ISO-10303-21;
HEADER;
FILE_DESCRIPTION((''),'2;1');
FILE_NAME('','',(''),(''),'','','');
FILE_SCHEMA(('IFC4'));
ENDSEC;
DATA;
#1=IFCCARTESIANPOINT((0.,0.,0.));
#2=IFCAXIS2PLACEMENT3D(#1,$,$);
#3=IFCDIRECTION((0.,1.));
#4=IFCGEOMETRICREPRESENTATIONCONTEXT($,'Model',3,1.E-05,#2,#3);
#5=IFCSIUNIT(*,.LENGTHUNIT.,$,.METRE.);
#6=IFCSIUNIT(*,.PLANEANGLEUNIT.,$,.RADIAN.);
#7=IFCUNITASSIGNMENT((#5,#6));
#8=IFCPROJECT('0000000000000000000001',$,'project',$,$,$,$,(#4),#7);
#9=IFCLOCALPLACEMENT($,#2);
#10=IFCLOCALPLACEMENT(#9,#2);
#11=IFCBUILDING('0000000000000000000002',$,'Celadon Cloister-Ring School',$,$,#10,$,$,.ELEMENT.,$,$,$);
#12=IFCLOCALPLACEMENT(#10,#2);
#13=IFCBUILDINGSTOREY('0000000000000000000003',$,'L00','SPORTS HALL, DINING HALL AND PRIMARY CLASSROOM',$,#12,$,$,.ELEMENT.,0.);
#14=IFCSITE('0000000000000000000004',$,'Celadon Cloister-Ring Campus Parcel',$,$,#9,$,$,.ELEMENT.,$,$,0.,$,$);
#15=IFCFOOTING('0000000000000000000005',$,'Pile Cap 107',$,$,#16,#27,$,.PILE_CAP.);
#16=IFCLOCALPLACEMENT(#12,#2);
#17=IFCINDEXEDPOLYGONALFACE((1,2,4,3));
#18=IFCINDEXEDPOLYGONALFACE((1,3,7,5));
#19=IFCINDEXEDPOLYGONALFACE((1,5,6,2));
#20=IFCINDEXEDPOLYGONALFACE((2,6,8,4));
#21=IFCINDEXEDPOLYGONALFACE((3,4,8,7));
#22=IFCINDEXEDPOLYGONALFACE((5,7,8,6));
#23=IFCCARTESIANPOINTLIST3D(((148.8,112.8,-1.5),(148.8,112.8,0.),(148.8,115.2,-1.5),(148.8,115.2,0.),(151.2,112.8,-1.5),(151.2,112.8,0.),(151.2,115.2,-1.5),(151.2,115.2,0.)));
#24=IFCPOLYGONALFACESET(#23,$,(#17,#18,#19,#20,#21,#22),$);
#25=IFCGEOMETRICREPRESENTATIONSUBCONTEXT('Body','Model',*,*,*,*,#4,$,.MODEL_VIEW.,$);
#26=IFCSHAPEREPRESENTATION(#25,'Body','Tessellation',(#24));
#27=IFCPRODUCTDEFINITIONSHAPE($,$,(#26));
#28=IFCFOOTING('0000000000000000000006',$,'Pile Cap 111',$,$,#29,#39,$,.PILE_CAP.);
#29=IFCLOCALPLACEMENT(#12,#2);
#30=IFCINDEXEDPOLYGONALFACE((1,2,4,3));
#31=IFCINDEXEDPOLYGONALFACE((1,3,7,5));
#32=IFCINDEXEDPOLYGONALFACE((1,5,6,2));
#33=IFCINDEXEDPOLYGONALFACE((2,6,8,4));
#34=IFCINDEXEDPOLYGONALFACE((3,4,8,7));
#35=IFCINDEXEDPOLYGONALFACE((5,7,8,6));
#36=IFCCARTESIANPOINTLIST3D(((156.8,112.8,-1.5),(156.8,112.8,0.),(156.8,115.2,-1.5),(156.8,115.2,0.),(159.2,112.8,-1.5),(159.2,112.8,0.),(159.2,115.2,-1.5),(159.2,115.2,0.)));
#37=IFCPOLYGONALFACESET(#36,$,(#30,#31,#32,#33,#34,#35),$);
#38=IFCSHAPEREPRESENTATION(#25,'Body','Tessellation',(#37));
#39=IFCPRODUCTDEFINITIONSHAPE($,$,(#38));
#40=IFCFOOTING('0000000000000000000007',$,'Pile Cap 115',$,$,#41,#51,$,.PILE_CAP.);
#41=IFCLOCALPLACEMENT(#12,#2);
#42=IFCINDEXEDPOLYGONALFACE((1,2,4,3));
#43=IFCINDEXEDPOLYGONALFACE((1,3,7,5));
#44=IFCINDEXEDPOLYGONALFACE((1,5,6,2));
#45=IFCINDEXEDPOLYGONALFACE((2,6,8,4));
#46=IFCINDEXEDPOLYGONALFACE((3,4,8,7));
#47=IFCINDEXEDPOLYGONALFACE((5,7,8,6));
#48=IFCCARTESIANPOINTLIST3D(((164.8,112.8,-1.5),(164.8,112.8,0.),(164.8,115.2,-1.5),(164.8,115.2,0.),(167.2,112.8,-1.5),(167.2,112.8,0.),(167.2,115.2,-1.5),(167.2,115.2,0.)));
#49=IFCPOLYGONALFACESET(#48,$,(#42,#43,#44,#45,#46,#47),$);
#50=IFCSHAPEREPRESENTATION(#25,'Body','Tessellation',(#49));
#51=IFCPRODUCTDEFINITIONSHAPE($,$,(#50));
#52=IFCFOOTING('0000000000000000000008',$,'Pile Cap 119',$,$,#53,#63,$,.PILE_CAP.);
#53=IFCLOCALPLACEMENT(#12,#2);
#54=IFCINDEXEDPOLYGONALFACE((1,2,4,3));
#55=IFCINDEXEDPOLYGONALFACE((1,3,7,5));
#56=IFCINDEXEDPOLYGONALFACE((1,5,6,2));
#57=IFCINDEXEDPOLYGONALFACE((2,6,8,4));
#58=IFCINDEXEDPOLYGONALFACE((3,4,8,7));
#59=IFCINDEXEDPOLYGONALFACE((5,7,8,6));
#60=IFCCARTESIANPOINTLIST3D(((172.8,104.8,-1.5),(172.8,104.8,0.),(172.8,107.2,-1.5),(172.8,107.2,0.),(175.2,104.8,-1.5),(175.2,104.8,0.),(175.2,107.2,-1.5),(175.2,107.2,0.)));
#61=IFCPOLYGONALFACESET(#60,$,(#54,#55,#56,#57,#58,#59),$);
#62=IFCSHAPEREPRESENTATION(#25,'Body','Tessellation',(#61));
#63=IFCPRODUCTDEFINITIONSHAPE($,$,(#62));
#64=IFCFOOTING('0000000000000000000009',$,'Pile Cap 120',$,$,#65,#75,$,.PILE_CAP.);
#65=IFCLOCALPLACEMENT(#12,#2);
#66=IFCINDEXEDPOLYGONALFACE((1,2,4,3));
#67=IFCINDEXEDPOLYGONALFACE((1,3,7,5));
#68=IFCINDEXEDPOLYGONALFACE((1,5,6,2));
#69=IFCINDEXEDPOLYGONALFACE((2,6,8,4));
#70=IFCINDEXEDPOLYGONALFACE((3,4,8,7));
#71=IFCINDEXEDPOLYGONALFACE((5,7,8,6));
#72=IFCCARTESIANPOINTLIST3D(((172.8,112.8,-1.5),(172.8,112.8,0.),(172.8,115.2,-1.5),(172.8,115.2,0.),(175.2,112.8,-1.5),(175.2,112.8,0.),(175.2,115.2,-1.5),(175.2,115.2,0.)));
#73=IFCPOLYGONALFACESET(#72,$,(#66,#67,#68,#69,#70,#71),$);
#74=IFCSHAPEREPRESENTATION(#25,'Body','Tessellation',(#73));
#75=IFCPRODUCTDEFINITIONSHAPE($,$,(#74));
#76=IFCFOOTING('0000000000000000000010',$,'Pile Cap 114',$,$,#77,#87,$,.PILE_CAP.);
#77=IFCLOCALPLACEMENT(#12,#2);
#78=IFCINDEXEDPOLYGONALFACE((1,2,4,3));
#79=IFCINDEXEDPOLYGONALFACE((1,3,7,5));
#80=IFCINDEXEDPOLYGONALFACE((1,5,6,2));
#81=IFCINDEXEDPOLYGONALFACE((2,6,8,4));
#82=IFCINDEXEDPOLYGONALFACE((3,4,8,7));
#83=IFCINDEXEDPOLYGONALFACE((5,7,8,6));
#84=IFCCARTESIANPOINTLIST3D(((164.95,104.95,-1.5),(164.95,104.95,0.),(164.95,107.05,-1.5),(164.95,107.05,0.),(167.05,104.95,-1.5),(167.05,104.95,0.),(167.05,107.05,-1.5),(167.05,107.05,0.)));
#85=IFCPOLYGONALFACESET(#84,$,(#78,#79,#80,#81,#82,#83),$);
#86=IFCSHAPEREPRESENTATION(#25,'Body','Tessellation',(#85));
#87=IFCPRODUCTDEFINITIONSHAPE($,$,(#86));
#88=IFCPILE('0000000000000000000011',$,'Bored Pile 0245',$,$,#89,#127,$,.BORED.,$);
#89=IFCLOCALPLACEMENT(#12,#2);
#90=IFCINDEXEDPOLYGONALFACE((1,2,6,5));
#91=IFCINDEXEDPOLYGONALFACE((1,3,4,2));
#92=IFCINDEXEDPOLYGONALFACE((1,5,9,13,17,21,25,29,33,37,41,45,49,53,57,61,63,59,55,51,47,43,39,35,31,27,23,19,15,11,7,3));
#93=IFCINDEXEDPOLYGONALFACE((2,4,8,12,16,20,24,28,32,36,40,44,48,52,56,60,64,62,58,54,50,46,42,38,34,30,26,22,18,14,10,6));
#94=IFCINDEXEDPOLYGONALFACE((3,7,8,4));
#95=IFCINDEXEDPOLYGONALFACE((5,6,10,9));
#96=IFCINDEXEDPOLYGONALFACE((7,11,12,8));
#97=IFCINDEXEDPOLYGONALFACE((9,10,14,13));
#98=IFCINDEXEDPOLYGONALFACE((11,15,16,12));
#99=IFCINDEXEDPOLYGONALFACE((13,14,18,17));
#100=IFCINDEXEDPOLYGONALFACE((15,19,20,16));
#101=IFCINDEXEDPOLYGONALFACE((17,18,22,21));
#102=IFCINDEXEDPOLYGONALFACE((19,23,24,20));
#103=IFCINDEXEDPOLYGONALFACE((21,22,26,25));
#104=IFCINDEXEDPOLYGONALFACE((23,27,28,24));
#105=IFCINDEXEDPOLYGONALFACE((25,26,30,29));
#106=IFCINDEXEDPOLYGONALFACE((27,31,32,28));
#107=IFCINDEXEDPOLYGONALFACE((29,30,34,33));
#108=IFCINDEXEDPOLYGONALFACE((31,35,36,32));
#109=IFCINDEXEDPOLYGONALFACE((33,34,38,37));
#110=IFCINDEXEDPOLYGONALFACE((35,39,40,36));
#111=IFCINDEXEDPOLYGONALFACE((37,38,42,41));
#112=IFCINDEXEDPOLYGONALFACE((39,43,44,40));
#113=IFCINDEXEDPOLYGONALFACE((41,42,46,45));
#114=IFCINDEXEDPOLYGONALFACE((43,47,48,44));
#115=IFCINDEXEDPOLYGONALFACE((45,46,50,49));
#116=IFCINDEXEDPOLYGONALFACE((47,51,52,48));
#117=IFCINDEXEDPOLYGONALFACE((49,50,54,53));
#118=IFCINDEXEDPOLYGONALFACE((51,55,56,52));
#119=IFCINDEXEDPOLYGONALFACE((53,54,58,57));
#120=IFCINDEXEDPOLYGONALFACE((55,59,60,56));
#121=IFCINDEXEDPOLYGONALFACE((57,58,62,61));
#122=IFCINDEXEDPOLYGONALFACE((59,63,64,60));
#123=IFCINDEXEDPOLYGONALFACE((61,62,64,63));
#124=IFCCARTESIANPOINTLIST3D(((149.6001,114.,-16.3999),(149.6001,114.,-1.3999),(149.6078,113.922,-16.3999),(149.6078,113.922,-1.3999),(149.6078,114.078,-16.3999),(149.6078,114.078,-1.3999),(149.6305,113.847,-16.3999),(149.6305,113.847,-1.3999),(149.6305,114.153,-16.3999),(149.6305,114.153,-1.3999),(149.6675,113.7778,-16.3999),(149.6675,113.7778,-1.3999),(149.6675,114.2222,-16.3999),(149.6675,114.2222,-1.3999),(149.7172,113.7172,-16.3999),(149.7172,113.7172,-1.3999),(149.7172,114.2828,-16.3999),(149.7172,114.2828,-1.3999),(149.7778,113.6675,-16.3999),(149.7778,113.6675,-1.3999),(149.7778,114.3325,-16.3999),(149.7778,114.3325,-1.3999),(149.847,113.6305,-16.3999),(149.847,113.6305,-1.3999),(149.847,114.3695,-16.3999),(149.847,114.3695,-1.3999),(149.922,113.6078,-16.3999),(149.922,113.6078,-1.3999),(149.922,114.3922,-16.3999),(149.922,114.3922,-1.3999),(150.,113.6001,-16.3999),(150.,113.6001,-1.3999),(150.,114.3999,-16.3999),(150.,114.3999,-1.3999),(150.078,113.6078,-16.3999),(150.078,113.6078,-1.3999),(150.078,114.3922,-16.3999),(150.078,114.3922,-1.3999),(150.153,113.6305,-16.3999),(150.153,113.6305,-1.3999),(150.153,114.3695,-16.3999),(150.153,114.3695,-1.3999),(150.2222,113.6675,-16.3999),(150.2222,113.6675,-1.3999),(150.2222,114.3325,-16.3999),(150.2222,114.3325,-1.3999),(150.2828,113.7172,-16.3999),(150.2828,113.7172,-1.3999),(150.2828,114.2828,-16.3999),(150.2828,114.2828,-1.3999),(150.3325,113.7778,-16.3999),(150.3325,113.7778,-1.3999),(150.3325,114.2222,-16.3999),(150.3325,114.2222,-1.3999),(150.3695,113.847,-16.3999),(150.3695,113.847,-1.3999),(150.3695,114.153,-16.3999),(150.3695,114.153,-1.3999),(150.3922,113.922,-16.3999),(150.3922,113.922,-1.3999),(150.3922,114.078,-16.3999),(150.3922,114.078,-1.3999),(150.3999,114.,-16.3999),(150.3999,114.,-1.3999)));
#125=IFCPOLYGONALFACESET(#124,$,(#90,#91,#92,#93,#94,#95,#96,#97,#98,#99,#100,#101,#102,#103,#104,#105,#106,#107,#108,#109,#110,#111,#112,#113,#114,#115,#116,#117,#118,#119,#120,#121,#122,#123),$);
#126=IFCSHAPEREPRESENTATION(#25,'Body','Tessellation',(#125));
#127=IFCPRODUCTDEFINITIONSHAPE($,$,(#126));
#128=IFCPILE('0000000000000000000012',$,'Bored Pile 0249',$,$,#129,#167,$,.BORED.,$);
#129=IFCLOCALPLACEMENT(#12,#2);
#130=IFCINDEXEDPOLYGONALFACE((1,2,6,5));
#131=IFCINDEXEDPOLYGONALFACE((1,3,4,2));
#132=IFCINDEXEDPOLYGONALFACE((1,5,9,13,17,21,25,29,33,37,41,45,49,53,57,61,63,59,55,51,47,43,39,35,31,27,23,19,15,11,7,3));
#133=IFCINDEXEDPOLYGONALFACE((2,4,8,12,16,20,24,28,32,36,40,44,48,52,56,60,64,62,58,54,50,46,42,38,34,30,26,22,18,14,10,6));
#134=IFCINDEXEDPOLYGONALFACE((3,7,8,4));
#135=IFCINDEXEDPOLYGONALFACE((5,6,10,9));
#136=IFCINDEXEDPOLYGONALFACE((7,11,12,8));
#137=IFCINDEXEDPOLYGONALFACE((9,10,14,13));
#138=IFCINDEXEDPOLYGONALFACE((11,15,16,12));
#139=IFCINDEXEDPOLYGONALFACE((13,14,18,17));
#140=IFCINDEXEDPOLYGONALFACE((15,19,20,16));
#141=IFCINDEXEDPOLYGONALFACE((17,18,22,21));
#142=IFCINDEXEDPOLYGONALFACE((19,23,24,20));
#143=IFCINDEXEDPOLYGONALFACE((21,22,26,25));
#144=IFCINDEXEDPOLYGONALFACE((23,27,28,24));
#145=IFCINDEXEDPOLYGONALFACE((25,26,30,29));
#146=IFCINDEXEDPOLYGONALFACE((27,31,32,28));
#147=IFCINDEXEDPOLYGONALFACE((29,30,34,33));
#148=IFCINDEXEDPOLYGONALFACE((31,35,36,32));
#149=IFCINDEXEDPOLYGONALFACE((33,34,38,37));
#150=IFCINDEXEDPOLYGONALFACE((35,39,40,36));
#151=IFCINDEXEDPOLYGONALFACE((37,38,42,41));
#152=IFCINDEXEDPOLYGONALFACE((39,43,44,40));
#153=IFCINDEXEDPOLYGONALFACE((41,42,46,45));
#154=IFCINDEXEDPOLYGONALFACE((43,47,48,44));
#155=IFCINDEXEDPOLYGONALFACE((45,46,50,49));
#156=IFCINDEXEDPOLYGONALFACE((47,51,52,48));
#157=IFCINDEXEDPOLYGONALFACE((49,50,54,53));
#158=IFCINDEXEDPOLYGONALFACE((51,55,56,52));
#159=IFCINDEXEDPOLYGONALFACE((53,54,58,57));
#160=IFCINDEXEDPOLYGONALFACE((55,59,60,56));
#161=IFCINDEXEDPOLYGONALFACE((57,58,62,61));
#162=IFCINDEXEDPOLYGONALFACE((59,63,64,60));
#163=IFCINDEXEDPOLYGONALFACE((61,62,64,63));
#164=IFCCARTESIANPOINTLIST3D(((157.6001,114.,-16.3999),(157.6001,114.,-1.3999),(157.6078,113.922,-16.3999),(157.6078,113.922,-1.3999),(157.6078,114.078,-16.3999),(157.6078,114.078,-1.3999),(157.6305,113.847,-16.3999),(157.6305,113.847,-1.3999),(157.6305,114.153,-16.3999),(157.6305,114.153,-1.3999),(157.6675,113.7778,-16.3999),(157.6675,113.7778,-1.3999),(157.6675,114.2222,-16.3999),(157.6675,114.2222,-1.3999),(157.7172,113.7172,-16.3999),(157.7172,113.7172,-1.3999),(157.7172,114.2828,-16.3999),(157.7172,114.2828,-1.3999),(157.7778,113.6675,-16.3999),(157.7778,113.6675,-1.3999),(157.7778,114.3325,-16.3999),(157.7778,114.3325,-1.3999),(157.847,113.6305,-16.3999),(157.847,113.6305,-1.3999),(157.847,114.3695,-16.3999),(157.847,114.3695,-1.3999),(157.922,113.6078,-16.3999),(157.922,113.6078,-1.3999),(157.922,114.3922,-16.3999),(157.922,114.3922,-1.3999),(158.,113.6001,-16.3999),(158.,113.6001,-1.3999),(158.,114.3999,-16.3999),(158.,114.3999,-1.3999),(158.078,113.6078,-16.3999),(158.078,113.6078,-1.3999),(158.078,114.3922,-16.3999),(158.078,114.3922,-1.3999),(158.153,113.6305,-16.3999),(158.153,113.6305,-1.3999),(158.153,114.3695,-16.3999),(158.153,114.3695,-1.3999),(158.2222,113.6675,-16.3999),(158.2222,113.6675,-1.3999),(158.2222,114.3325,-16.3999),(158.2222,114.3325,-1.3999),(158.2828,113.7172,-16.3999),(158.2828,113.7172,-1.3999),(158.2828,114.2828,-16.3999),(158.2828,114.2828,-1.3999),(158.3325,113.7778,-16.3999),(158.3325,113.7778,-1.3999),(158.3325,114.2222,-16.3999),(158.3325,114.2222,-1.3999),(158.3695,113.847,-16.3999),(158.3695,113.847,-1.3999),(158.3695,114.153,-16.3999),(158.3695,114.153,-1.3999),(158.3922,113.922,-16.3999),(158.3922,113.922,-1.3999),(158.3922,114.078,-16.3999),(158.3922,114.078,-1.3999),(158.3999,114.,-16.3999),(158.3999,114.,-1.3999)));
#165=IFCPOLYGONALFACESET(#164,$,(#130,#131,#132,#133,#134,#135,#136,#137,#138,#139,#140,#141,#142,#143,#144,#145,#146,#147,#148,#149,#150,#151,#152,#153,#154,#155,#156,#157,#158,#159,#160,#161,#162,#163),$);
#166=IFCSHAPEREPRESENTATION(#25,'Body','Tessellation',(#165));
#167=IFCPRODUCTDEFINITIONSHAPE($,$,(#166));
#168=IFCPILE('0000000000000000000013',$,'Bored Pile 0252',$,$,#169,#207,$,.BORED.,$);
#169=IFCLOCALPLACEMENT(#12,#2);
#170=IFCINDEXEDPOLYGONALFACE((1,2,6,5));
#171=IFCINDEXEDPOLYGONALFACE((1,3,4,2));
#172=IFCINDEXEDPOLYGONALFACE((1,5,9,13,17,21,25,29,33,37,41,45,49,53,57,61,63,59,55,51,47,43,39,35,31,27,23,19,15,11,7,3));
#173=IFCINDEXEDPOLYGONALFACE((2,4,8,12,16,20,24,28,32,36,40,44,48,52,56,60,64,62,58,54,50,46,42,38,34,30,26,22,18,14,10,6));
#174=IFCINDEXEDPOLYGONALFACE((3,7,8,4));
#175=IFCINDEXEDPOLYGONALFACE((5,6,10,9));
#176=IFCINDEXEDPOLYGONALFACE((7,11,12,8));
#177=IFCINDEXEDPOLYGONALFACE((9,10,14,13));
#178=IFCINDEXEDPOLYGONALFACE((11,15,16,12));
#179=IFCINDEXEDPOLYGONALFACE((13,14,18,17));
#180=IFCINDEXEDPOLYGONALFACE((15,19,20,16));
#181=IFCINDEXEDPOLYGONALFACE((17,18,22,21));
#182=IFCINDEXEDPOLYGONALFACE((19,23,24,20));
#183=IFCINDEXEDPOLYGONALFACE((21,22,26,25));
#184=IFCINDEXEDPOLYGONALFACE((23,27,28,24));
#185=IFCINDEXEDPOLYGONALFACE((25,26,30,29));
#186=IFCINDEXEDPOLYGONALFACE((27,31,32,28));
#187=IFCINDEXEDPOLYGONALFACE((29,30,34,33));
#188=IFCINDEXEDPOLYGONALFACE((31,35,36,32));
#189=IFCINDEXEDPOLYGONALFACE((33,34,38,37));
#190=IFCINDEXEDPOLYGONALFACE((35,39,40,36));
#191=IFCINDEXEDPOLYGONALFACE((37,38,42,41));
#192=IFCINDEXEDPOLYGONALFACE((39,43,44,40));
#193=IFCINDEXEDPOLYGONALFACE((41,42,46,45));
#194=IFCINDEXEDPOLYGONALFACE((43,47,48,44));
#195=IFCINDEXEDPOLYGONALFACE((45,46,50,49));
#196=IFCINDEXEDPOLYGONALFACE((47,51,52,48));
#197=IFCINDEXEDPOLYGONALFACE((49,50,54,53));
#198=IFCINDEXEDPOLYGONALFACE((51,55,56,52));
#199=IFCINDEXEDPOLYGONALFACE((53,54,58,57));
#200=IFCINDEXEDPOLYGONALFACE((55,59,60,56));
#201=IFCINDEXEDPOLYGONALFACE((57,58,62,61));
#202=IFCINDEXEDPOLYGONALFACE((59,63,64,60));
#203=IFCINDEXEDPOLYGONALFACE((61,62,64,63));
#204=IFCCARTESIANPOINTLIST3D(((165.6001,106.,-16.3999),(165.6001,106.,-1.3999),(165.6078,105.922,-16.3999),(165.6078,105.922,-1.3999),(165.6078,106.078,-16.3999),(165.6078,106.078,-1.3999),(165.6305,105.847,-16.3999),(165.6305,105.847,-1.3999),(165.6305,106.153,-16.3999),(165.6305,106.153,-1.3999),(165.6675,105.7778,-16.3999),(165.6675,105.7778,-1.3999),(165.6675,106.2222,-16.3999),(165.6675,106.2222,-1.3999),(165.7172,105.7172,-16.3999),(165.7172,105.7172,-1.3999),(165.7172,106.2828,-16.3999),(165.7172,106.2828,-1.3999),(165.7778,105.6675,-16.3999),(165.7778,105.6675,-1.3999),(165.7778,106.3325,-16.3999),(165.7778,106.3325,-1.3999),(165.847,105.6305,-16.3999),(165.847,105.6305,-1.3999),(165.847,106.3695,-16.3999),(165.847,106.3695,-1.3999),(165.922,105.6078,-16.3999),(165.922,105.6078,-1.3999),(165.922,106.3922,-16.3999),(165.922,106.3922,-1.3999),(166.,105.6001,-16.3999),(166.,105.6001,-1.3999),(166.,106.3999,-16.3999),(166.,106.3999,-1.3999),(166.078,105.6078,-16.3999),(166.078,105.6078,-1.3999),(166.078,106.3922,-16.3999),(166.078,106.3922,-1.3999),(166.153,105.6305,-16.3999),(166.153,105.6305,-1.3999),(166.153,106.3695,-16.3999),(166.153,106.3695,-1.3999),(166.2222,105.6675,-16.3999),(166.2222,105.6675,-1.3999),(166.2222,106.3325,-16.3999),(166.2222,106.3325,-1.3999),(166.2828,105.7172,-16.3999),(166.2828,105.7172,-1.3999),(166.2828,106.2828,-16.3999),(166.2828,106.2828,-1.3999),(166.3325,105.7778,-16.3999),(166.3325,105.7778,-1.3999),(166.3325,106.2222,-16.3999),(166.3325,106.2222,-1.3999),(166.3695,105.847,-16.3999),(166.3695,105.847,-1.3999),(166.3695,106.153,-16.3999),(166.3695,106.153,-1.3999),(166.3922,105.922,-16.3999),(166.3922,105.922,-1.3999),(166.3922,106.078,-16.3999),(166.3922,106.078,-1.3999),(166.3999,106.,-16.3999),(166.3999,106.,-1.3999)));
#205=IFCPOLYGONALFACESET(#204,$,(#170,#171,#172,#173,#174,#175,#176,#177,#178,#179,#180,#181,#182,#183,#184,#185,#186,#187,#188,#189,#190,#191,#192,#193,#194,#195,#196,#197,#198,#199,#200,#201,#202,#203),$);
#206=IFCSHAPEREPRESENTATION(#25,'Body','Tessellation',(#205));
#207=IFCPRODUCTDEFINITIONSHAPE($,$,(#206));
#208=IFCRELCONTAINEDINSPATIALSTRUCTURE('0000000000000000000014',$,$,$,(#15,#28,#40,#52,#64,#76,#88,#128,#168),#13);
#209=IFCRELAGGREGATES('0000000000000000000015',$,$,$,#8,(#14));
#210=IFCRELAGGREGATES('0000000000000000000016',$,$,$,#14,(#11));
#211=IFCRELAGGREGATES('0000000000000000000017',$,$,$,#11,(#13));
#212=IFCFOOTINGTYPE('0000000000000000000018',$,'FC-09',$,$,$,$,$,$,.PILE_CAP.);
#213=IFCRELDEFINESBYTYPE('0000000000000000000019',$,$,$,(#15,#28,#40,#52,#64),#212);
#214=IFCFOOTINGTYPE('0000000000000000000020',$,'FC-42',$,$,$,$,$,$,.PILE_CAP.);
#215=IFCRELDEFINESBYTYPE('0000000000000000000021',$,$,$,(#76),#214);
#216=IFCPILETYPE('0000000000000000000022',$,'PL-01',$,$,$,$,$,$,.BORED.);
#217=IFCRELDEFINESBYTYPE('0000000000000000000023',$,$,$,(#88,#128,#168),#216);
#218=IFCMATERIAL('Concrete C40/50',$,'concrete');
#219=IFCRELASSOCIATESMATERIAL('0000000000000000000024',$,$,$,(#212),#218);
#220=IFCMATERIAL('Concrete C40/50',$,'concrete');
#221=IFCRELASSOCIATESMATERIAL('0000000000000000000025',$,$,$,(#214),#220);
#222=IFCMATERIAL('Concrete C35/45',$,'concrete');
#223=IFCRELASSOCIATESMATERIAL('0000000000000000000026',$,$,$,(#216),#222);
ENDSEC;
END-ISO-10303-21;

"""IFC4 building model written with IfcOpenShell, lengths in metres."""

from ifc_helpers import new_model, si_unit, direction, frame, origin, origin_2d, place, context, subcontext, project, spatial, rectangle, circle, extrude, material, material_profile, profile_set, type_object, element, save


model = new_model("IFC4")

# Units and contexts
model_context = context("Model", 3, precision=1e-05, world=origin(), true_north=direction((0.0, 1.0)))
body_context = subcontext(model_context, "Body", "Model", "MODEL_VIEW")
ifc_project = project(units=[si_unit("LENGTHUNIT", "METRE"), si_unit("PLANEANGLEUNIT", "RADIAN")], contexts=[model_context])

# Site, building, storey
site_placement = place(None, origin())
site = spatial("IfcSite", under=ifc_project, at=site_placement, Name="Celadon Cloister-Ring Campus Parcel", CompositionType="ELEMENT", RefElevation=0.0)
building_placement = place(site_placement, origin())
building = spatial("IfcBuilding", under=site, at=building_placement, Name="Celadon Cloister-Ring School", CompositionType="ELEMENT")
storey_placement = place(building_placement, origin())
storey = spatial("IfcBuildingStorey", under=building, at=storey_placement, Name="L00", Description="SPORTS HALL, DINING HALL AND PRIMARY CLASSROOM", CompositionType="ELEMENT", Elevation=0.0)

# Footings
ifc_material_1 = material(Name="Concrete C40/50", Category="concrete")
footing_type_1 = type_object("IfcFootingType", Name="FC-09", PredefinedType="PILE_CAP", material=ifc_material_1)
for number, where, z_axis, x_axis, name in (
    (1, (150.0, 114.0, -1.5), (0.0, 0.0, 1.0), (1.0, 0.0, 0.0), "Pile Cap 107"),
    (2, (158.0, 114.0, -1.5), (0.0, 0.0, 1.0), (1.0, 0.0, 0.0), "Pile Cap 111"),
    (3, (166.0, 114.0, -1.5), (0.0, 0.0, 1.0), (1.0, 0.0, 0.0), "Pile Cap 115"),
    (4, (174.0, 106.0, -1.5), (0.0, 0.0, 1.0), (1.0, 0.0, 0.0), "Pile Cap 119"),
    (5, (174.0, 114.0, -1.5), (0.0, 0.0, 1.0), (1.0, 0.0, 0.0), "Pile Cap 120"),
):
    element("IfcFooting", number, at=place(storey_placement, frame(where, z_axis=z_axis, x_axis=x_axis)), inside=storey, type_object=footing_type_1, Name=name, PredefinedType="PILE_CAP", context=body_context, shape_type="SweptSolid", body=[
        extrude(rectangle(XDim=2.3999, YDim=2.3999, at=origin_2d()), origin(), (0.0, 0.0, 1.0), 1.5),
    ])
ifc_material_2 = material(Name="Concrete C40/50", Category="concrete")
footing_type_2 = type_object("IfcFootingType", Name="FC-42", PredefinedType="PILE_CAP", material=ifc_material_2)
footing_placement = place(storey_placement, frame((166.0, 106.0, -1.5), z_axis=(0.0, 0.0, 1.0), x_axis=(1.0, 0.0, 0.0)))
element("IfcFooting", 6, at=footing_placement, inside=storey, type_object=footing_type_2, Name="Pile Cap 114", PredefinedType="PILE_CAP", context=body_context, shape_type="SweptSolid", body=[
    extrude(rectangle(XDim=2.1001, YDim=2.1001, at=origin_2d()), origin(), (0.0, 0.0, 1.0), 1.5),
])

# Piles
ifc_material_3 = material(Name="Concrete C35/45", Category="concrete")
ifc_material_profile_1 = material_profile(ifc_material_3, circle(Radius=0.3999, at=origin_2d()), Name="PILE800")
ifc_profile_set_1 = profile_set([ifc_material_profile_1], Name="Concrete C35/45")
pile_type = type_object("IfcPileType", Name="PL-01", PredefinedType="BORED", material=ifc_profile_set_1)
for number, where, z_axis, x_axis, name in (
    (7, (150.0, 114.0, -1.3999), (0.0, 0.0, -1.0), (1.0, 0.0, 0.0), "Bored Pile 0245"),
    (8, (158.0, 114.0, -1.3999), (0.0, 0.0, -1.0), (1.0, 0.0, 0.0), "Bored Pile 0249"),
    (9, (166.0, 106.0, -1.3999), (0.0, 0.0, -1.0), (1.0, 0.0, 0.0), "Bored Pile 0252"),
):
    element("IfcPile", number, at=place(storey_placement, frame(where, z_axis=z_axis, x_axis=x_axis)), inside=storey, type_object=pile_type, Name=name, PredefinedType="BORED", context=body_context, shape_type="SweptSolid", body=[
        extrude(circle(Radius=0.3999, at=origin_2d()), origin(), (0.0, 0.0, 1.0), 15.0),
    ])

save(model, "model.ifc")
